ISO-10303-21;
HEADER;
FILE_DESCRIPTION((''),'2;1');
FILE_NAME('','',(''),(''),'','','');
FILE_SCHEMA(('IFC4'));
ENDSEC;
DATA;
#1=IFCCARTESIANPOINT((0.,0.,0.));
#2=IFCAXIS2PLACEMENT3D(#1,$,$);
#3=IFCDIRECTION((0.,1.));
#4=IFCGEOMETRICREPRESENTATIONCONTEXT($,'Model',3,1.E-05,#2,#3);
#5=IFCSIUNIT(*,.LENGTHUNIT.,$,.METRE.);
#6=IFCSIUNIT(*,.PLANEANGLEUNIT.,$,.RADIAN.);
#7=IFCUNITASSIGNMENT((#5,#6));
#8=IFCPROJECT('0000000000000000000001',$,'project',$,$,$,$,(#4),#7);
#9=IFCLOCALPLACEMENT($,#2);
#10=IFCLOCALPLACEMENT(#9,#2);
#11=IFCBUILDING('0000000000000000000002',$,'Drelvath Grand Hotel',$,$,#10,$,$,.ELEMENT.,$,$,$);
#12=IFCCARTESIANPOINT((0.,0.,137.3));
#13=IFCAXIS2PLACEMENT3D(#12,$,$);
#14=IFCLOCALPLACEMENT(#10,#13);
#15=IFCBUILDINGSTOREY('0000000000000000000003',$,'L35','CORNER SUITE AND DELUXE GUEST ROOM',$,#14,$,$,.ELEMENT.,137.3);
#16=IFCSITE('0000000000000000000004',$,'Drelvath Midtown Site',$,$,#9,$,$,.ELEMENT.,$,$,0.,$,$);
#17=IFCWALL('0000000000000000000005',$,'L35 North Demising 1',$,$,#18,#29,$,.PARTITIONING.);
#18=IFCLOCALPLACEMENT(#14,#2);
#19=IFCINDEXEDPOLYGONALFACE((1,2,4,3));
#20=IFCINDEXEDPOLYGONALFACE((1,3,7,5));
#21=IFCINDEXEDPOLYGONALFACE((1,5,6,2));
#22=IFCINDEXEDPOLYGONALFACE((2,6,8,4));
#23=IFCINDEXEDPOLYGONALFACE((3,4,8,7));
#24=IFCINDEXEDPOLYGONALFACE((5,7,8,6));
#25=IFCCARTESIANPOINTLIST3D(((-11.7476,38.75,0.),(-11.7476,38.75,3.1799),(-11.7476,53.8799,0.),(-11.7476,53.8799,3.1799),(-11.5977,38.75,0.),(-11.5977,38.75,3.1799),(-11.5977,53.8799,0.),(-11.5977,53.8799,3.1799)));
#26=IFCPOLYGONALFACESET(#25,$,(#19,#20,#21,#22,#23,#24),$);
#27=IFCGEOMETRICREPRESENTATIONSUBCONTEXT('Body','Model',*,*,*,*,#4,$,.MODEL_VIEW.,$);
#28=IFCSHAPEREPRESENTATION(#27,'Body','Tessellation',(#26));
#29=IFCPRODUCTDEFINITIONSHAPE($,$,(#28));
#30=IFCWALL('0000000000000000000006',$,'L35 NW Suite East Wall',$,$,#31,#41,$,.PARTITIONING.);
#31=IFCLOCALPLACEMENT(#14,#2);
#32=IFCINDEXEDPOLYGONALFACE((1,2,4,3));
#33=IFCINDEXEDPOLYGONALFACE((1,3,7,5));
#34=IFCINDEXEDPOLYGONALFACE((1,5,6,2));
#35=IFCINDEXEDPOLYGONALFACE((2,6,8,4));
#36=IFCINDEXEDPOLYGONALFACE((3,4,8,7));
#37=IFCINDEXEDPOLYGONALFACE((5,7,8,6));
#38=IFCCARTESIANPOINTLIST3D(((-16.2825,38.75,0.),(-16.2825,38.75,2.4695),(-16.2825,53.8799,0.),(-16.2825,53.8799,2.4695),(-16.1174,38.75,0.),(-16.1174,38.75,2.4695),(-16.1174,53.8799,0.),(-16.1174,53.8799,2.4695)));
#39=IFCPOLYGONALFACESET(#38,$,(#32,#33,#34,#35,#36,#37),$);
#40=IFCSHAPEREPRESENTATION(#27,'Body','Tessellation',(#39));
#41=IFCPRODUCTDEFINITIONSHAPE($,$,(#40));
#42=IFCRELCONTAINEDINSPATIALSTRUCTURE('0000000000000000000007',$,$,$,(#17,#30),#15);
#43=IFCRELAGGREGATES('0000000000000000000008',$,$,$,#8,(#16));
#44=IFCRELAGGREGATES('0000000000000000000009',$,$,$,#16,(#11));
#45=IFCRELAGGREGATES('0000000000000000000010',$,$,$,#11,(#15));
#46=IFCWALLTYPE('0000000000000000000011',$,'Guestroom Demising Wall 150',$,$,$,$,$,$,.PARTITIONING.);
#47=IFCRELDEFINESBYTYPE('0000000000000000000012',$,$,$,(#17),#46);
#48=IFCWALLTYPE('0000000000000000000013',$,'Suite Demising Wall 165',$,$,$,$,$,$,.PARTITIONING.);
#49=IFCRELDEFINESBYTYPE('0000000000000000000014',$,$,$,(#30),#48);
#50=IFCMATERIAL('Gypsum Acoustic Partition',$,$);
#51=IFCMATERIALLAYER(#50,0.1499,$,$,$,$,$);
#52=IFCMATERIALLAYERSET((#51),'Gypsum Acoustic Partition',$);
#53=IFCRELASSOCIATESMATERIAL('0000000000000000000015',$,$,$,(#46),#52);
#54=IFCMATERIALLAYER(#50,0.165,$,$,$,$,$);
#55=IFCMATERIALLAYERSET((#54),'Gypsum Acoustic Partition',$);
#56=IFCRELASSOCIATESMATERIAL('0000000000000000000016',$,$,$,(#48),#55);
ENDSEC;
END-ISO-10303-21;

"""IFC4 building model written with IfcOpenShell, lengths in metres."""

from ifc_helpers import new_model, si_unit, direction, frame, frame_2d, origin, place, context, subcontext, project, spatial, rectangle, extrude, material, layer, layer_set, type_object, element, save


model = new_model("IFC4")

# Units and contexts
model_context = context("Model", 3, precision=1e-05, world=origin(), true_north=direction((0.0, 1.0)))
body_context = subcontext(model_context, "Body", "Model", "MODEL_VIEW")
ifc_project = project(units=[si_unit("LENGTHUNIT", "METRE"), si_unit("PLANEANGLEUNIT", "RADIAN")], contexts=[model_context])

# Site, building, storey
site_placement = place(None, origin())
site = spatial("IfcSite", under=ifc_project, at=site_placement, Name="Drelvath Midtown Site", CompositionType="ELEMENT", RefElevation=0.0)
building_placement = place(site_placement, origin())
building = spatial("IfcBuilding", under=site, at=building_placement, Name="Drelvath Grand Hotel", CompositionType="ELEMENT")
storey_placement = place(building_placement, frame((0.0, 0.0, 137.3)))
storey = spatial("IfcBuildingStorey", under=building, at=storey_placement, Name="L35", Description="CORNER SUITE AND DELUXE GUEST ROOM", CompositionType="ELEMENT", Elevation=137.3)

# Walls
ifc_material_1 = material(Name="Gypsum Acoustic Partition")
ifc_layer_1 = layer(ifc_material_1, 0.1499)
ifc_layer_set_1 = layer_set([ifc_layer_1], Name="Gypsum Acoustic Partition")
wall_type_1 = type_object("IfcWallType", Name="Guestroom Demising Wall 150", PredefinedType="PARTITIONING", material=ifc_layer_set_1)
wall_1_placement = place(storey_placement, frame((-11.6726, 38.75, 0.0), z_axis=(0.0, 0.0, 1.0), x_axis=(0.0, 1.0, 0.0)))
element("IfcWall", 1, at=wall_1_placement, inside=storey, type_object=wall_type_1, Name="L35 North Demising 1", PredefinedType="PARTITIONING", context=body_context, shape_type="SweptSolid", body=[
    extrude(rectangle(XDim=15.1299, YDim=0.1499, at=frame_2d((7.5649, 0.0))), origin(), (0.0, 0.0, 1.0), 3.1799),
])
ifc_layer_2 = layer(ifc_material_1, 0.165)
ifc_layer_set_2 = layer_set([ifc_layer_2], Name="Gypsum Acoustic Partition")
wall_type_2 = type_object("IfcWallType", Name="Suite Demising Wall 165", PredefinedType="PARTITIONING", material=ifc_layer_set_2)
wall_2_placement = place(storey_placement, frame((-16.2, 38.75, 0.0), z_axis=(0.0, 0.0, 1.0), x_axis=(0.0, 1.0, 0.0)))
element("IfcWall", 2, at=wall_2_placement, inside=storey, type_object=wall_type_2, Name="L35 NW Suite East Wall", PredefinedType="PARTITIONING", context=body_context, shape_type="SweptSolid", body=[
    extrude(rectangle(XDim=15.1299, YDim=0.165, at=frame_2d((7.5649, 0.0))), origin(), (0.0, 0.0, 1.0), 2.4695),
])

save(model, "model.ifc")
